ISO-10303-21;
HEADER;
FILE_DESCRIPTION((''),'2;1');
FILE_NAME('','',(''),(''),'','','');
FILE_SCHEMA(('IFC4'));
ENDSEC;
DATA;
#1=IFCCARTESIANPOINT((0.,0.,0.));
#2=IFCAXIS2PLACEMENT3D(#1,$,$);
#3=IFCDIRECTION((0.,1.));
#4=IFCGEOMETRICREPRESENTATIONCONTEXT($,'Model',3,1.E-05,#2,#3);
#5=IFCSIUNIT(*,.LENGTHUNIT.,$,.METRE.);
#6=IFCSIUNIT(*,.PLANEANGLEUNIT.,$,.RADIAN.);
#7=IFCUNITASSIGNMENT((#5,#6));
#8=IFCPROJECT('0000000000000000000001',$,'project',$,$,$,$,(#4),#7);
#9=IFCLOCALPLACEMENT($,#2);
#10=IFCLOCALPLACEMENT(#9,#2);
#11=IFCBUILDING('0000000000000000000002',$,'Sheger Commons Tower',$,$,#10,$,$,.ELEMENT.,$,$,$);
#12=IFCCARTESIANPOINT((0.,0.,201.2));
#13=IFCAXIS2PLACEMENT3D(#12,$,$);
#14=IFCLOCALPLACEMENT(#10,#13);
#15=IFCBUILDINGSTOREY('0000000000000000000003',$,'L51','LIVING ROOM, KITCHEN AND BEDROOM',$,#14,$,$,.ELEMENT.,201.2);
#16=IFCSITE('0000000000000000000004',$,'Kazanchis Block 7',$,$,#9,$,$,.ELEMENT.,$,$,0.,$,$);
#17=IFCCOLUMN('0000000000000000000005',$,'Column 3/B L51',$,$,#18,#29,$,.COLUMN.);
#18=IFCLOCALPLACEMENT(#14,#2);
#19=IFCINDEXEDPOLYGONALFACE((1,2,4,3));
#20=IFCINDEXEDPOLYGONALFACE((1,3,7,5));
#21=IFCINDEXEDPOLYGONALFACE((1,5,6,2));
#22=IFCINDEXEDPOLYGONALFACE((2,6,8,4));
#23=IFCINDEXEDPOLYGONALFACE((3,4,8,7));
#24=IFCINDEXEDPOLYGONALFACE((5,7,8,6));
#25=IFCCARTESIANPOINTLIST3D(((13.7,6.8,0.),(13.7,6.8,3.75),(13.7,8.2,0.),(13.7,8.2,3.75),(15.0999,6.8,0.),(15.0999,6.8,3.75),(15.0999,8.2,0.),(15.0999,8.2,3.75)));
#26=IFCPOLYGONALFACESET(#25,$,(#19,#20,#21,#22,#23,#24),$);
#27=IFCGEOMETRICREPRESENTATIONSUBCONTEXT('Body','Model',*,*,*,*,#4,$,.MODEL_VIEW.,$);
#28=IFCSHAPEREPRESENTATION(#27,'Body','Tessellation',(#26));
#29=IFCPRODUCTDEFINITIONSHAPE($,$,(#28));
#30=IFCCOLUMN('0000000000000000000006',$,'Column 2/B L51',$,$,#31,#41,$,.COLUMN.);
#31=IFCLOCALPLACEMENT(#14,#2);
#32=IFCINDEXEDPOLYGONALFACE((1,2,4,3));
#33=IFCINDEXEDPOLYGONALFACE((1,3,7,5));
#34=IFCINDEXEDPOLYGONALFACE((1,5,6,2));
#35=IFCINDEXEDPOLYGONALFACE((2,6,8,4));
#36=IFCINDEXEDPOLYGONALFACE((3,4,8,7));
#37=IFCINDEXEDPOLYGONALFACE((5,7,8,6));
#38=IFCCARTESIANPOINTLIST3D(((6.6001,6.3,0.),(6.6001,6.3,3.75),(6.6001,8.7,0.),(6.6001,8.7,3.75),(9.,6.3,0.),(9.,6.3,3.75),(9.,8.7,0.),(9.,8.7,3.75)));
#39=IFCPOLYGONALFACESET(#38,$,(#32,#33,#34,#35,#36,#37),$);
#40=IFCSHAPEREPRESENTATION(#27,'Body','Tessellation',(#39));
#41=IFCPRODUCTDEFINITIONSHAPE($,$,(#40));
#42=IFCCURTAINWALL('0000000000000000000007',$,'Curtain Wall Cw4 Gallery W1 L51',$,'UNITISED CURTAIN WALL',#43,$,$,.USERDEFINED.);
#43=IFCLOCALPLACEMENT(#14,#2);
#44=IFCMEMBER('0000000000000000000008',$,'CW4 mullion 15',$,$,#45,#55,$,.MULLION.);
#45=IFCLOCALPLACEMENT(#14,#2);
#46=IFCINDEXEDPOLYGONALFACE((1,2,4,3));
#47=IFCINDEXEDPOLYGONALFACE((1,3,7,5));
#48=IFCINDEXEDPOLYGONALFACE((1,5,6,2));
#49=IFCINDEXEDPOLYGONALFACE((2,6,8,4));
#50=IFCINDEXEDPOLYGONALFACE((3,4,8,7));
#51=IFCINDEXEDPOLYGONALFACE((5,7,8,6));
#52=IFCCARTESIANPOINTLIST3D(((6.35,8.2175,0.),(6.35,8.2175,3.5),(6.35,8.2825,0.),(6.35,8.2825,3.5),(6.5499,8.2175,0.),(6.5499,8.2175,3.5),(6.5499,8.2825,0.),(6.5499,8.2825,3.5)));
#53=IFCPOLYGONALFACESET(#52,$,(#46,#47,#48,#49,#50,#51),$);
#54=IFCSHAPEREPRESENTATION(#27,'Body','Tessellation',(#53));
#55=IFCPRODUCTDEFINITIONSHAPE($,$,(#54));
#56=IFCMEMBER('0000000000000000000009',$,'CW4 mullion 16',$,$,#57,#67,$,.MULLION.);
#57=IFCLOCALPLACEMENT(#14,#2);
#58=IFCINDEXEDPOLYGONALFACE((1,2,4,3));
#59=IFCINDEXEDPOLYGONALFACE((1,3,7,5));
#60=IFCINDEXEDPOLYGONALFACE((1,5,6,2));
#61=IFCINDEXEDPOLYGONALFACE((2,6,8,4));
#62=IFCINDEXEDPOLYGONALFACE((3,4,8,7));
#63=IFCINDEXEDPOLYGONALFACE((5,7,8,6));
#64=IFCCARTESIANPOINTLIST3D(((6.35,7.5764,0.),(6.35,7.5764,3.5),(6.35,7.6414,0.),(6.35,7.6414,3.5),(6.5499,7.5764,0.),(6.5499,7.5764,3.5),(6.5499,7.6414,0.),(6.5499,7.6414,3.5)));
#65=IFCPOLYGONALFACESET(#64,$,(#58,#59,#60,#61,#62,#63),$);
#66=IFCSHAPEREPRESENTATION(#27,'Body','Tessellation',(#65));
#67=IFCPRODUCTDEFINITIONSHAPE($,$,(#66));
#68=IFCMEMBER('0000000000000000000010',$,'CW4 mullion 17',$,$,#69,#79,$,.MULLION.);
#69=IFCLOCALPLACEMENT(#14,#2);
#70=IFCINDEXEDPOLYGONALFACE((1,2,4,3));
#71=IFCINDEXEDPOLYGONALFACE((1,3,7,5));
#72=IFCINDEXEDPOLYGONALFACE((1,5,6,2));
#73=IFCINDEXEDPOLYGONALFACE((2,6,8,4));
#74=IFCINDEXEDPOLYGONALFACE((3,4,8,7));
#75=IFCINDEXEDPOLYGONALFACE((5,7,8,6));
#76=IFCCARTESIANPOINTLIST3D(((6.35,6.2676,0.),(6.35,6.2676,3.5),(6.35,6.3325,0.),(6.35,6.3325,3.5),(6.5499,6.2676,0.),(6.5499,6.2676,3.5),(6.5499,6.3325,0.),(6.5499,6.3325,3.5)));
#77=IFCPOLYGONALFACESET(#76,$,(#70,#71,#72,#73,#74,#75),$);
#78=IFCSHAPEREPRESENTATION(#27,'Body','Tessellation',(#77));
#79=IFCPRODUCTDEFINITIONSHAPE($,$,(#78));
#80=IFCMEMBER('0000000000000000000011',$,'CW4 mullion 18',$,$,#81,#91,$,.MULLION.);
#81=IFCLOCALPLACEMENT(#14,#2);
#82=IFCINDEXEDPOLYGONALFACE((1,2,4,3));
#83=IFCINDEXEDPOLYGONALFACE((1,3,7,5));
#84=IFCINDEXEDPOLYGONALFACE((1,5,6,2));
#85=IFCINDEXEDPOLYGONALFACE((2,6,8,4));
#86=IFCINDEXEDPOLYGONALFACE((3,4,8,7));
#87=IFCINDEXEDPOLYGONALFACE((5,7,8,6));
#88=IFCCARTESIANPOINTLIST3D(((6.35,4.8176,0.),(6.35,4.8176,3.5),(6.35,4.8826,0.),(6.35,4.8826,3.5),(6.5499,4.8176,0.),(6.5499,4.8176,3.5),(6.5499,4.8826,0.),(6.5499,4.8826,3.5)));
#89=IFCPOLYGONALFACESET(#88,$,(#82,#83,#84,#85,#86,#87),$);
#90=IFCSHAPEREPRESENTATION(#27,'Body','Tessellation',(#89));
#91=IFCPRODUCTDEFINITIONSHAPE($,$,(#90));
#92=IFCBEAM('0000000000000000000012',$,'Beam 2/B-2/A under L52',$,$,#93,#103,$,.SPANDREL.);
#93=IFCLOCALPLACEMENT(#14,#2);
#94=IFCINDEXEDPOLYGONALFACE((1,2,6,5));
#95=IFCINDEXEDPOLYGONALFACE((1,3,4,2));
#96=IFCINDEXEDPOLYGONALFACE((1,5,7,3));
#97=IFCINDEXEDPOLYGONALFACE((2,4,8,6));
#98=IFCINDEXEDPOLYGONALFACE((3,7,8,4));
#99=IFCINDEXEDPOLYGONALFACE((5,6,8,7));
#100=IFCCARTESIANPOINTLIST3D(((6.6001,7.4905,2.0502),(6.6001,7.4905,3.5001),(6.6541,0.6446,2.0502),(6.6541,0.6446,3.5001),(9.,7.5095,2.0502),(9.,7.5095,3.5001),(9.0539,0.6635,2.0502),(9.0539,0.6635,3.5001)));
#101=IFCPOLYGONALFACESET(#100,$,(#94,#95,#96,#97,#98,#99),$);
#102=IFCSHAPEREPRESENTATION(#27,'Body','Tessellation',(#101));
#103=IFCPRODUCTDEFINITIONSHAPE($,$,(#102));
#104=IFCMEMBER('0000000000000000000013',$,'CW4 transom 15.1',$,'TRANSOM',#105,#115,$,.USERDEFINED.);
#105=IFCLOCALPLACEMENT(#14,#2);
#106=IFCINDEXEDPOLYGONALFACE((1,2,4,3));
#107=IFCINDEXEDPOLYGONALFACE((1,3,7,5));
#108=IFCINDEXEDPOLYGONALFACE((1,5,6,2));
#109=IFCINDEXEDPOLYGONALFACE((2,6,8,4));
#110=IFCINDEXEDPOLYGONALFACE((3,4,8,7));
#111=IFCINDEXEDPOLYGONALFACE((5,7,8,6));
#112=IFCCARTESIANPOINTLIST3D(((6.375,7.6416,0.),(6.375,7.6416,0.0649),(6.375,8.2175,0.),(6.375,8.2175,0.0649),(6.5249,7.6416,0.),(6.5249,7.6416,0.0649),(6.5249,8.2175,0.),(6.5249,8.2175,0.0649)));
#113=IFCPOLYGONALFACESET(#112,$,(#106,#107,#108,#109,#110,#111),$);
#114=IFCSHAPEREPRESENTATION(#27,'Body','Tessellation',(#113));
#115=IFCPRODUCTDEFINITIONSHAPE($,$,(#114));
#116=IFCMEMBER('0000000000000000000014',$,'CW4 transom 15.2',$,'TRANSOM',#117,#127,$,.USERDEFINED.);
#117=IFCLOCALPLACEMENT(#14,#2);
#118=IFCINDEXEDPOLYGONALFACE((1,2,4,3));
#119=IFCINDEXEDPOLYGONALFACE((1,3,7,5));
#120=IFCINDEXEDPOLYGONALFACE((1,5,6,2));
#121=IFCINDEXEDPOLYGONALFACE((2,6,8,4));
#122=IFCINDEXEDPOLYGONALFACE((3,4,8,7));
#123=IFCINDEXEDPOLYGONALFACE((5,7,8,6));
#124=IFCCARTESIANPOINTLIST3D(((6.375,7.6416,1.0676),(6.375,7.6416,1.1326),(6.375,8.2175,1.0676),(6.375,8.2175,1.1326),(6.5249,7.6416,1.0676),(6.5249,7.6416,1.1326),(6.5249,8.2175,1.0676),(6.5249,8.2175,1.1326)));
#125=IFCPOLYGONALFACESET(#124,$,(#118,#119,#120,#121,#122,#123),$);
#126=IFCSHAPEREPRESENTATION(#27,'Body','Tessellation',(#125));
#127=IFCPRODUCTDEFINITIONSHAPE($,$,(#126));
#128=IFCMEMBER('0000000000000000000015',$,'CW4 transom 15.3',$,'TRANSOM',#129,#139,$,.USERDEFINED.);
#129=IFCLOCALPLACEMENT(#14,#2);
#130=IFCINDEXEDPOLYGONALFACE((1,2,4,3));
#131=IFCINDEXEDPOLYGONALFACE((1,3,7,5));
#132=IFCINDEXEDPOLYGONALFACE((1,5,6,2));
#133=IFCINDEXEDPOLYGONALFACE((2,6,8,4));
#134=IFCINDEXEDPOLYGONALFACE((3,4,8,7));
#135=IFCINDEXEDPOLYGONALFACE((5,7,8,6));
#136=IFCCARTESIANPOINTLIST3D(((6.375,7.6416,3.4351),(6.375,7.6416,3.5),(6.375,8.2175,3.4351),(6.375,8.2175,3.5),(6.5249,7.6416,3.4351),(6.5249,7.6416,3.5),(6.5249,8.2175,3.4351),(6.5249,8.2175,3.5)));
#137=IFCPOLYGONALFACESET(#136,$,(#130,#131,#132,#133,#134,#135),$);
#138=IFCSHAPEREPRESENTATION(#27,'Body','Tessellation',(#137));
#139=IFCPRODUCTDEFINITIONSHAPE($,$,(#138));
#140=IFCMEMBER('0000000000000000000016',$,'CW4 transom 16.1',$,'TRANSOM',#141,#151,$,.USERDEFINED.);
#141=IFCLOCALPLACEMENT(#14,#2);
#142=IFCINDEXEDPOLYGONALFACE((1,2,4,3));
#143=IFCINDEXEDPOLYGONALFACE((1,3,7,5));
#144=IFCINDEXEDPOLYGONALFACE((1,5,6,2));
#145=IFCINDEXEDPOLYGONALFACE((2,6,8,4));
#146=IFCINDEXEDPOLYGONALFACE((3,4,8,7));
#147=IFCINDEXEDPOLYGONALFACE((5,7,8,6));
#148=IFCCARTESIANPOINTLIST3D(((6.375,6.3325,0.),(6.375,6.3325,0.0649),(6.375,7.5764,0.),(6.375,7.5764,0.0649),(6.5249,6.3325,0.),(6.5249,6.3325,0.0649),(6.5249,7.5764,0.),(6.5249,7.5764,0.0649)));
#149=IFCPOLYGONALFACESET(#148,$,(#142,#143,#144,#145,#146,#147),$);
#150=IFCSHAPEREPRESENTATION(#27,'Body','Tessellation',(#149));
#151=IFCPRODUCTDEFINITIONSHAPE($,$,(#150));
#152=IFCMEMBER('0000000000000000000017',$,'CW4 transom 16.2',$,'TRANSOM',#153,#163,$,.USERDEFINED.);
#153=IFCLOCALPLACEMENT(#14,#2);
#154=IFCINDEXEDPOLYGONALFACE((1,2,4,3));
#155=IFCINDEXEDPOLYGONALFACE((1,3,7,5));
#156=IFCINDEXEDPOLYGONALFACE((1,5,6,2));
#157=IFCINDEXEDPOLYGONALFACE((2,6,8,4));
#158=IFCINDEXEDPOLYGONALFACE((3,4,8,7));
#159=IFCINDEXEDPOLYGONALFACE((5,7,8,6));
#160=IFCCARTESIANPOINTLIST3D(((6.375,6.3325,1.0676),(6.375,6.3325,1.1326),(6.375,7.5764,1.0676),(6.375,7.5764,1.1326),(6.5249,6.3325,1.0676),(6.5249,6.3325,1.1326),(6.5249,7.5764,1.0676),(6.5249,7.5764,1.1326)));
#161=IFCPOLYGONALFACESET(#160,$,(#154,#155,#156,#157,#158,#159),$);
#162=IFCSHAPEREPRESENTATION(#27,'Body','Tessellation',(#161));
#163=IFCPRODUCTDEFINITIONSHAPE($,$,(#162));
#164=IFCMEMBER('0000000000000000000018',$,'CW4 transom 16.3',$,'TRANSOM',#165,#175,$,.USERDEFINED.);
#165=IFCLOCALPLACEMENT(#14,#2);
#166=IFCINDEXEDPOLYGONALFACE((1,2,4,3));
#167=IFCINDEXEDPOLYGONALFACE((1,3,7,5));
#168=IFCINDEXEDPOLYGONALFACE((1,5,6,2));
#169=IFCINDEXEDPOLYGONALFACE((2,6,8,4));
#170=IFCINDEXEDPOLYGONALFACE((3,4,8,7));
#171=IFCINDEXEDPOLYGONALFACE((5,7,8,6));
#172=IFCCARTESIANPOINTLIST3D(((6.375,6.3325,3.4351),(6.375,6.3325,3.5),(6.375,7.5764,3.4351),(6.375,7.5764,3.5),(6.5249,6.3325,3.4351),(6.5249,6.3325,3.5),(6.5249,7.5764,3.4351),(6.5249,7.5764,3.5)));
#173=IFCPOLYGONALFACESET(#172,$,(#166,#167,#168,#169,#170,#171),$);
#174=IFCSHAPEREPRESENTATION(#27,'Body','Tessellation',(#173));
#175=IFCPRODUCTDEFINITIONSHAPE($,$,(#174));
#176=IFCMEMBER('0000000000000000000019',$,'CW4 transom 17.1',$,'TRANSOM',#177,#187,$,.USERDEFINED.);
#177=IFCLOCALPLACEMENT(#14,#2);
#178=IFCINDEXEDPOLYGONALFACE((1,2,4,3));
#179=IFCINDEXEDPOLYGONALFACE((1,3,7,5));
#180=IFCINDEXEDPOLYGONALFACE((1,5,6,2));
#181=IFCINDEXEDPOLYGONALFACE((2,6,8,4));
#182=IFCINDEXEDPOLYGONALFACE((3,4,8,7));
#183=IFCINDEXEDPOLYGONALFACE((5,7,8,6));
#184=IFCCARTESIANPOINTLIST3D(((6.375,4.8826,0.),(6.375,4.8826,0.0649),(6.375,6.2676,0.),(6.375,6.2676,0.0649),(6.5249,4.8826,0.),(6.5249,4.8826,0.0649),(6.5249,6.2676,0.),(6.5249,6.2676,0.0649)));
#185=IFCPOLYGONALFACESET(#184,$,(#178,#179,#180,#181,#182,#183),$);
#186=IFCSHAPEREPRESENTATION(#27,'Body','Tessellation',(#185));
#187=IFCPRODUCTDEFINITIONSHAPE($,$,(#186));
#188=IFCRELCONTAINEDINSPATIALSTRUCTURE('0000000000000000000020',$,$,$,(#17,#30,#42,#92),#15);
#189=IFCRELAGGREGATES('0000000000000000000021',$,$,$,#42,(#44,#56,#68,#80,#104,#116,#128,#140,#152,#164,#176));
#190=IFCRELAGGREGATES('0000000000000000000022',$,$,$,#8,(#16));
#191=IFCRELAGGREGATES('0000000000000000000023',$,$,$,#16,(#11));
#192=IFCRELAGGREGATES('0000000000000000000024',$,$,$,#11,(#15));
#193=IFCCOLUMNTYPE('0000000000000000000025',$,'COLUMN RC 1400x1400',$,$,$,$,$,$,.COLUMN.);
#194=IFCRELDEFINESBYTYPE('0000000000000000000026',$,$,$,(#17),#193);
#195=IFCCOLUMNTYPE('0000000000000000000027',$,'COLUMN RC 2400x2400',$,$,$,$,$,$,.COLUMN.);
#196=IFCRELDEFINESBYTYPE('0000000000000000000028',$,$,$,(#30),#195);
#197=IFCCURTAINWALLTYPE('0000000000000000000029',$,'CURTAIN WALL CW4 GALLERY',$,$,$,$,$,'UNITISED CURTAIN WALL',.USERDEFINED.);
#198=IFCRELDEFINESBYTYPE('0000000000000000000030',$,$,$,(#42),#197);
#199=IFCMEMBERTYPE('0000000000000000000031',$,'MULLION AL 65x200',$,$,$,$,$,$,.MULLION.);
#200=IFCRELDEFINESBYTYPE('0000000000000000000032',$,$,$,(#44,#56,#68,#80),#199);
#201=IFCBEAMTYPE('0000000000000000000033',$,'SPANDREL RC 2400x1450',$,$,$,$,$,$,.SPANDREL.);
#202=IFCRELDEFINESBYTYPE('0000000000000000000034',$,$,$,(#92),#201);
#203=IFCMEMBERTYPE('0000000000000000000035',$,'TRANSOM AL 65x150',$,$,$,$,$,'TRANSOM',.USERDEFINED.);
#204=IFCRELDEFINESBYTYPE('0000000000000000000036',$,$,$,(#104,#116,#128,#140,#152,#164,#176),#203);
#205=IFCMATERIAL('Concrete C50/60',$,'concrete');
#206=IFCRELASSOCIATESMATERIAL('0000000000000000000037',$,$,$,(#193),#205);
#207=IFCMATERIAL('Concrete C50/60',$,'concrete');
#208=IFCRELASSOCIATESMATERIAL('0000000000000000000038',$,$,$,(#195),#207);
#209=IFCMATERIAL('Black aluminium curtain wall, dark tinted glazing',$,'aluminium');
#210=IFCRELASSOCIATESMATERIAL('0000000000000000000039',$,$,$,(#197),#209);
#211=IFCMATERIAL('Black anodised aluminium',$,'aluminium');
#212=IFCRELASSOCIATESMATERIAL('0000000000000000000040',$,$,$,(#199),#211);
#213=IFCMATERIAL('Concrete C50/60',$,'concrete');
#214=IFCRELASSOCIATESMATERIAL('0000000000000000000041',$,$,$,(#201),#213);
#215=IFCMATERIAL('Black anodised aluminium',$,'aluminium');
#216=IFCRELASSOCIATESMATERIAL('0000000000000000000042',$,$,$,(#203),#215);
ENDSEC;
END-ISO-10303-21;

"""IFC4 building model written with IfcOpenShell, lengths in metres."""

from ifc_helpers import new_model, si_unit, direction, frame, origin, origin_2d, place, context, subcontext, project, spatial, rectangle, extrude, material, material_profile, profile_set, type_object, element, aggregate, save


model = new_model("IFC4")

# Units and contexts
model_context = context("Model", 3, precision=1e-05, world=origin(), true_north=direction((0.0, 1.0)))
body_context = subcontext(model_context, "Body", "Model", "MODEL_VIEW")
ifc_project = project(units=[si_unit("LENGTHUNIT", "METRE"), si_unit("PLANEANGLEUNIT", "RADIAN")], contexts=[model_context])

# Site, building, storey
site_placement = place(None, origin())
site = spatial("IfcSite", under=ifc_project, at=site_placement, Name="Kazanchis Block 7", CompositionType="ELEMENT", RefElevation=0.0)
building_placement = place(site_placement, origin())
building = spatial("IfcBuilding", under=site, at=building_placement, Name="Sheger Commons Tower", CompositionType="ELEMENT")
storey_placement = place(building_placement, frame((0.0, 0.0, 201.2)))
storey = spatial("IfcBuildingStorey", under=building, at=storey_placement, Name="L51", Description="LIVING ROOM, KITCHEN AND BEDROOM", CompositionType="ELEMENT", Elevation=201.2)

# Columns
ifc_material_1 = material(Name="Concrete C50/60", Category="concrete")
ifc_material_profile_1 = material_profile(ifc_material_1, rectangle(XDim=1.3999, YDim=1.3999, at=origin_2d()), Name="RC 1400x1400")
ifc_profile_set_1 = profile_set([ifc_material_profile_1], Name="Concrete C50/60")
column_type_1 = type_object("IfcColumnType", Name="COLUMN RC 1400x1400", PredefinedType="COLUMN", material=ifc_profile_set_1)
column_1_placement = place(storey_placement, frame((14.3999, 7.5, 0.0), z_axis=(0.0, 0.0, 1.0), x_axis=(1.0, 0.0, 0.0)))
element("IfcColumn", 1, at=column_1_placement, inside=storey, type_object=column_type_1, Name="Column 3/B L51", PredefinedType="COLUMN", context=body_context, shape_type="SweptSolid", body=[
    extrude(rectangle(XDim=1.3999, YDim=1.3999, at=origin_2d()), origin(), (0.0, 0.0, 1.0), 3.75),
])
ifc_material_2 = material(Name="Concrete C50/60", Category="concrete")
ifc_material_profile_2 = material_profile(ifc_material_2, rectangle(XDim=2.3999, YDim=2.3999, at=origin_2d()), Name="RC 2400x2400")
ifc_profile_set_2 = profile_set([ifc_material_profile_2], Name="Concrete C50/60")
column_type_2 = type_object("IfcColumnType", Name="COLUMN RC 2400x2400", PredefinedType="COLUMN", material=ifc_profile_set_2)
column_2_placement = place(storey_placement, frame((7.8, 7.5, 0.0), z_axis=(0.0, 0.0, 1.0), x_axis=(1.0, 0.0, 0.0)))
element("IfcColumn", 2, at=column_2_placement, inside=storey, type_object=column_type_2, Name="Column 2/B L51", PredefinedType="COLUMN", context=body_context, shape_type="SweptSolid", body=[
    extrude(rectangle(XDim=2.3999, YDim=2.3999, at=origin_2d()), origin(), (0.0, 0.0, 1.0), 3.75),
])

# Curtain wall, members
ifc_material_3 = material(Name="Black aluminium curtain wall, dark tinted glazing", Category="aluminium")
curtain_wall_type = type_object("IfcCurtainWallType", Name="CURTAIN WALL CW4 GALLERY", ElementType="UNITISED CURTAIN WALL", PredefinedType="USERDEFINED", material=ifc_material_3)
curtain_wall_placement = place(storey_placement, origin())
curtain_wall = element("IfcCurtainWall", 3, at=curtain_wall_placement, inside=storey, type_object=curtain_wall_type, Name="Curtain Wall Cw4 Gallery W1 L51", ObjectType="UNITISED CURTAIN WALL", PredefinedType="USERDEFINED")
ifc_material_4 = material(Name="Black anodised aluminium", Category="aluminium")
ifc_material_profile_3 = material_profile(ifc_material_4, rectangle(XDim=0.2, YDim=0.0649, at=origin_2d()), Name="AL 65x200")
ifc_profile_set_3 = profile_set([ifc_material_profile_3], Name="Black anodised aluminium")
member_type_1 = type_object("IfcMemberType", Name="MULLION AL 65x200", PredefinedType="MULLION", material=ifc_profile_set_3)
member_1_placement = place(storey_placement, frame((6.45, 8.25, 0.0), z_axis=(0.0, 0.0, 1.0), x_axis=(1.0, 0.0, 0.0)))
member_1 = element("IfcMember", 4, at=member_1_placement, type_object=member_type_1, Name="CW4 mullion 15", PredefinedType="MULLION", context=body_context, shape_type="SweptSolid", body=[
    extrude(rectangle(XDim=0.2, YDim=0.0649, at=origin_2d()), origin(), (0.0, 0.0, 1.0), 3.5),
])
member_2_placement = place(storey_placement, frame((6.45, 7.6089, 0.0), z_axis=(0.0, 0.0, 1.0), x_axis=(1.0, 0.0, 0.0)))
member_2 = element("IfcMember", 5, at=member_2_placement, type_object=member_type_1, Name="CW4 mullion 16", PredefinedType="MULLION", context=body_context, shape_type="SweptSolid", body=[
    extrude(rectangle(XDim=0.2, YDim=0.0649, at=origin_2d()), origin(), (0.0, 0.0, 1.0), 3.5),
])
member_3_placement = place(storey_placement, frame((6.45, 6.3, 0.0), z_axis=(0.0, 0.0, 1.0), x_axis=(1.0, 0.0, 0.0)))
member_3 = element("IfcMember", 6, at=member_3_placement, type_object=member_type_1, Name="CW4 mullion 17", PredefinedType="MULLION", context=body_context, shape_type="SweptSolid", body=[
    extrude(rectangle(XDim=0.2, YDim=0.0649, at=origin_2d()), origin(), (0.0, 0.0, 1.0), 3.5),
])
member_4_placement = place(storey_placement, frame((6.45, 4.8501, 0.0), z_axis=(0.0, 0.0, 1.0), x_axis=(1.0, 0.0, 0.0)))
member_4 = element("IfcMember", 7, at=member_4_placement, type_object=member_type_1, Name="CW4 mullion 18", PredefinedType="MULLION", context=body_context, shape_type="SweptSolid", body=[
    extrude(rectangle(XDim=0.2, YDim=0.0649, at=origin_2d()), origin(), (0.0, 0.0, 1.0), 3.5),
])

# Beam
ifc_material_5 = material(Name="Concrete C50/60", Category="concrete")
ifc_material_profile_4 = material_profile(ifc_material_5, rectangle(XDim=2.3999, YDim=1.45, at=origin_2d()), Name="RC 2400x1450")
ifc_profile_set_4 = profile_set([ifc_material_profile_4], Name="Concrete C50/60")
beam_type = type_object("IfcBeamType", Name="SPANDREL RC 2400x1450", PredefinedType="SPANDREL", material=ifc_profile_set_4)
beam_placement = place(storey_placement, frame((7.8, 7.5, 2.7751), z_axis=(0.007881, -0.999969, 0.0), x_axis=(0.999969, 0.007881, 0.0)))
element("IfcBeam", 8, at=beam_placement, inside=storey, type_object=beam_type, Name="Beam 2/B-2/A under L52", PredefinedType="SPANDREL", context=body_context, shape_type="SweptSolid", body=[
    extrude(rectangle(XDim=2.3999, YDim=1.45, at=origin_2d()), origin(), (0.0, 0.0, 1.0), 6.8462),
])

# Members
ifc_material_6 = material(Name="Black anodised aluminium", Category="aluminium")
ifc_material_profile_5 = material_profile(ifc_material_6, rectangle(XDim=0.1499, YDim=0.0649, at=origin_2d()), Name="AL 65x150")
ifc_profile_set_5 = profile_set([ifc_material_profile_5], Name="Black anodised aluminium")
member_type_2 = type_object("IfcMemberType", Name="TRANSOM AL 65x150", ElementType="TRANSOM", PredefinedType="USERDEFINED", material=ifc_profile_set_5)
member_5_placement = place(storey_placement, frame((6.45, 8.2175, 0.0325), z_axis=(0.0, -1.0, 0.0), x_axis=(1.0, 0.0, 0.0)))
member_5 = element("IfcMember", 9, at=member_5_placement, type_object=member_type_2, Name="CW4 transom 15.1", ObjectType="TRANSOM", PredefinedType="USERDEFINED", context=body_context, shape_type="SweptSolid", body=[
    extrude(rectangle(XDim=0.1499, YDim=0.0649, at=origin_2d()), origin(), (0.0, 0.0, 1.0), 0.5759),
])
member_6_placement = place(storey_placement, frame((6.45, 8.2175, 1.1001), z_axis=(0.0, -1.0, 0.0), x_axis=(1.0, 0.0, 0.0)))
member_6 = element("IfcMember", 10, at=member_6_placement, type_object=member_type_2, Name="CW4 transom 15.2", ObjectType="TRANSOM", PredefinedType="USERDEFINED", context=body_context, shape_type="SweptSolid", body=[
    extrude(rectangle(XDim=0.1499, YDim=0.0649, at=origin_2d()), origin(), (0.0, 0.0, 1.0), 0.5759),
])
member_7_placement = place(storey_placement, frame((6.45, 8.2175, 3.4675), z_axis=(0.0, -1.0, 0.0), x_axis=(1.0, 0.0, 0.0)))
member_7 = element("IfcMember", 11, at=member_7_placement, type_object=member_type_2, Name="CW4 transom 15.3", ObjectType="TRANSOM", PredefinedType="USERDEFINED", context=body_context, shape_type="SweptSolid", body=[
    extrude(rectangle(XDim=0.1499, YDim=0.0649, at=origin_2d()), origin(), (0.0, 0.0, 1.0), 0.5759),
])
member_8_placement = place(storey_placement, frame((6.45, 7.5764, 0.0325), z_axis=(0.0, -1.0, 0.0), x_axis=(1.0, 0.0, 0.0)))
member_8 = element("IfcMember", 12, at=member_8_placement, type_object=member_type_2, Name="CW4 transom 16.1", ObjectType="TRANSOM", PredefinedType="USERDEFINED", context=body_context, shape_type="SweptSolid", body=[
    extrude(rectangle(XDim=0.1499, YDim=0.0649, at=origin_2d()), origin(), (0.0, 0.0, 1.0), 1.2439),
])
member_9_placement = place(storey_placement, frame((6.45, 7.5764, 1.1001), z_axis=(0.0, -1.0, 0.0), x_axis=(1.0, 0.0, 0.0)))
member_9 = element("IfcMember", 13, at=member_9_placement, type_object=member_type_2, Name="CW4 transom 16.2", ObjectType="TRANSOM", PredefinedType="USERDEFINED", context=body_context, shape_type="SweptSolid", body=[
    extrude(rectangle(XDim=0.1499, YDim=0.0649, at=origin_2d()), origin(), (0.0, 0.0, 1.0), 1.2439),
])
member_10_placement = place(storey_placement, frame((6.45, 7.5764, 3.4675), z_axis=(0.0, -1.0, 0.0), x_axis=(1.0, 0.0, 0.0)))
member_10 = element("IfcMember", 14, at=member_10_placement, type_object=member_type_2, Name="CW4 transom 16.3", ObjectType="TRANSOM", PredefinedType="USERDEFINED", context=body_context, shape_type="SweptSolid", body=[
    extrude(rectangle(XDim=0.1499, YDim=0.0649, at=origin_2d()), origin(), (0.0, 0.0, 1.0), 1.2439),
])
member_11_placement = place(storey_placement, frame((6.45, 6.2676, 0.0325), z_axis=(0.0, -1.0, 0.0), x_axis=(1.0, 0.0, 0.0)))
member_11 = element("IfcMember", 15, at=member_11_placement, type_object=member_type_2, Name="CW4 transom 17.1", ObjectType="TRANSOM", PredefinedType="USERDEFINED", context=body_context, shape_type="SweptSolid", body=[
    extrude(rectangle(XDim=0.1499, YDim=0.0649, at=origin_2d()), origin(), (0.0, 0.0, 1.0), 1.385),
])

aggregate(curtain_wall, [member_1, member_2, member_3, member_4, member_5, member_6, member_7, member_8, member_9, member_10, member_11])

save(model, "model.ifc")
